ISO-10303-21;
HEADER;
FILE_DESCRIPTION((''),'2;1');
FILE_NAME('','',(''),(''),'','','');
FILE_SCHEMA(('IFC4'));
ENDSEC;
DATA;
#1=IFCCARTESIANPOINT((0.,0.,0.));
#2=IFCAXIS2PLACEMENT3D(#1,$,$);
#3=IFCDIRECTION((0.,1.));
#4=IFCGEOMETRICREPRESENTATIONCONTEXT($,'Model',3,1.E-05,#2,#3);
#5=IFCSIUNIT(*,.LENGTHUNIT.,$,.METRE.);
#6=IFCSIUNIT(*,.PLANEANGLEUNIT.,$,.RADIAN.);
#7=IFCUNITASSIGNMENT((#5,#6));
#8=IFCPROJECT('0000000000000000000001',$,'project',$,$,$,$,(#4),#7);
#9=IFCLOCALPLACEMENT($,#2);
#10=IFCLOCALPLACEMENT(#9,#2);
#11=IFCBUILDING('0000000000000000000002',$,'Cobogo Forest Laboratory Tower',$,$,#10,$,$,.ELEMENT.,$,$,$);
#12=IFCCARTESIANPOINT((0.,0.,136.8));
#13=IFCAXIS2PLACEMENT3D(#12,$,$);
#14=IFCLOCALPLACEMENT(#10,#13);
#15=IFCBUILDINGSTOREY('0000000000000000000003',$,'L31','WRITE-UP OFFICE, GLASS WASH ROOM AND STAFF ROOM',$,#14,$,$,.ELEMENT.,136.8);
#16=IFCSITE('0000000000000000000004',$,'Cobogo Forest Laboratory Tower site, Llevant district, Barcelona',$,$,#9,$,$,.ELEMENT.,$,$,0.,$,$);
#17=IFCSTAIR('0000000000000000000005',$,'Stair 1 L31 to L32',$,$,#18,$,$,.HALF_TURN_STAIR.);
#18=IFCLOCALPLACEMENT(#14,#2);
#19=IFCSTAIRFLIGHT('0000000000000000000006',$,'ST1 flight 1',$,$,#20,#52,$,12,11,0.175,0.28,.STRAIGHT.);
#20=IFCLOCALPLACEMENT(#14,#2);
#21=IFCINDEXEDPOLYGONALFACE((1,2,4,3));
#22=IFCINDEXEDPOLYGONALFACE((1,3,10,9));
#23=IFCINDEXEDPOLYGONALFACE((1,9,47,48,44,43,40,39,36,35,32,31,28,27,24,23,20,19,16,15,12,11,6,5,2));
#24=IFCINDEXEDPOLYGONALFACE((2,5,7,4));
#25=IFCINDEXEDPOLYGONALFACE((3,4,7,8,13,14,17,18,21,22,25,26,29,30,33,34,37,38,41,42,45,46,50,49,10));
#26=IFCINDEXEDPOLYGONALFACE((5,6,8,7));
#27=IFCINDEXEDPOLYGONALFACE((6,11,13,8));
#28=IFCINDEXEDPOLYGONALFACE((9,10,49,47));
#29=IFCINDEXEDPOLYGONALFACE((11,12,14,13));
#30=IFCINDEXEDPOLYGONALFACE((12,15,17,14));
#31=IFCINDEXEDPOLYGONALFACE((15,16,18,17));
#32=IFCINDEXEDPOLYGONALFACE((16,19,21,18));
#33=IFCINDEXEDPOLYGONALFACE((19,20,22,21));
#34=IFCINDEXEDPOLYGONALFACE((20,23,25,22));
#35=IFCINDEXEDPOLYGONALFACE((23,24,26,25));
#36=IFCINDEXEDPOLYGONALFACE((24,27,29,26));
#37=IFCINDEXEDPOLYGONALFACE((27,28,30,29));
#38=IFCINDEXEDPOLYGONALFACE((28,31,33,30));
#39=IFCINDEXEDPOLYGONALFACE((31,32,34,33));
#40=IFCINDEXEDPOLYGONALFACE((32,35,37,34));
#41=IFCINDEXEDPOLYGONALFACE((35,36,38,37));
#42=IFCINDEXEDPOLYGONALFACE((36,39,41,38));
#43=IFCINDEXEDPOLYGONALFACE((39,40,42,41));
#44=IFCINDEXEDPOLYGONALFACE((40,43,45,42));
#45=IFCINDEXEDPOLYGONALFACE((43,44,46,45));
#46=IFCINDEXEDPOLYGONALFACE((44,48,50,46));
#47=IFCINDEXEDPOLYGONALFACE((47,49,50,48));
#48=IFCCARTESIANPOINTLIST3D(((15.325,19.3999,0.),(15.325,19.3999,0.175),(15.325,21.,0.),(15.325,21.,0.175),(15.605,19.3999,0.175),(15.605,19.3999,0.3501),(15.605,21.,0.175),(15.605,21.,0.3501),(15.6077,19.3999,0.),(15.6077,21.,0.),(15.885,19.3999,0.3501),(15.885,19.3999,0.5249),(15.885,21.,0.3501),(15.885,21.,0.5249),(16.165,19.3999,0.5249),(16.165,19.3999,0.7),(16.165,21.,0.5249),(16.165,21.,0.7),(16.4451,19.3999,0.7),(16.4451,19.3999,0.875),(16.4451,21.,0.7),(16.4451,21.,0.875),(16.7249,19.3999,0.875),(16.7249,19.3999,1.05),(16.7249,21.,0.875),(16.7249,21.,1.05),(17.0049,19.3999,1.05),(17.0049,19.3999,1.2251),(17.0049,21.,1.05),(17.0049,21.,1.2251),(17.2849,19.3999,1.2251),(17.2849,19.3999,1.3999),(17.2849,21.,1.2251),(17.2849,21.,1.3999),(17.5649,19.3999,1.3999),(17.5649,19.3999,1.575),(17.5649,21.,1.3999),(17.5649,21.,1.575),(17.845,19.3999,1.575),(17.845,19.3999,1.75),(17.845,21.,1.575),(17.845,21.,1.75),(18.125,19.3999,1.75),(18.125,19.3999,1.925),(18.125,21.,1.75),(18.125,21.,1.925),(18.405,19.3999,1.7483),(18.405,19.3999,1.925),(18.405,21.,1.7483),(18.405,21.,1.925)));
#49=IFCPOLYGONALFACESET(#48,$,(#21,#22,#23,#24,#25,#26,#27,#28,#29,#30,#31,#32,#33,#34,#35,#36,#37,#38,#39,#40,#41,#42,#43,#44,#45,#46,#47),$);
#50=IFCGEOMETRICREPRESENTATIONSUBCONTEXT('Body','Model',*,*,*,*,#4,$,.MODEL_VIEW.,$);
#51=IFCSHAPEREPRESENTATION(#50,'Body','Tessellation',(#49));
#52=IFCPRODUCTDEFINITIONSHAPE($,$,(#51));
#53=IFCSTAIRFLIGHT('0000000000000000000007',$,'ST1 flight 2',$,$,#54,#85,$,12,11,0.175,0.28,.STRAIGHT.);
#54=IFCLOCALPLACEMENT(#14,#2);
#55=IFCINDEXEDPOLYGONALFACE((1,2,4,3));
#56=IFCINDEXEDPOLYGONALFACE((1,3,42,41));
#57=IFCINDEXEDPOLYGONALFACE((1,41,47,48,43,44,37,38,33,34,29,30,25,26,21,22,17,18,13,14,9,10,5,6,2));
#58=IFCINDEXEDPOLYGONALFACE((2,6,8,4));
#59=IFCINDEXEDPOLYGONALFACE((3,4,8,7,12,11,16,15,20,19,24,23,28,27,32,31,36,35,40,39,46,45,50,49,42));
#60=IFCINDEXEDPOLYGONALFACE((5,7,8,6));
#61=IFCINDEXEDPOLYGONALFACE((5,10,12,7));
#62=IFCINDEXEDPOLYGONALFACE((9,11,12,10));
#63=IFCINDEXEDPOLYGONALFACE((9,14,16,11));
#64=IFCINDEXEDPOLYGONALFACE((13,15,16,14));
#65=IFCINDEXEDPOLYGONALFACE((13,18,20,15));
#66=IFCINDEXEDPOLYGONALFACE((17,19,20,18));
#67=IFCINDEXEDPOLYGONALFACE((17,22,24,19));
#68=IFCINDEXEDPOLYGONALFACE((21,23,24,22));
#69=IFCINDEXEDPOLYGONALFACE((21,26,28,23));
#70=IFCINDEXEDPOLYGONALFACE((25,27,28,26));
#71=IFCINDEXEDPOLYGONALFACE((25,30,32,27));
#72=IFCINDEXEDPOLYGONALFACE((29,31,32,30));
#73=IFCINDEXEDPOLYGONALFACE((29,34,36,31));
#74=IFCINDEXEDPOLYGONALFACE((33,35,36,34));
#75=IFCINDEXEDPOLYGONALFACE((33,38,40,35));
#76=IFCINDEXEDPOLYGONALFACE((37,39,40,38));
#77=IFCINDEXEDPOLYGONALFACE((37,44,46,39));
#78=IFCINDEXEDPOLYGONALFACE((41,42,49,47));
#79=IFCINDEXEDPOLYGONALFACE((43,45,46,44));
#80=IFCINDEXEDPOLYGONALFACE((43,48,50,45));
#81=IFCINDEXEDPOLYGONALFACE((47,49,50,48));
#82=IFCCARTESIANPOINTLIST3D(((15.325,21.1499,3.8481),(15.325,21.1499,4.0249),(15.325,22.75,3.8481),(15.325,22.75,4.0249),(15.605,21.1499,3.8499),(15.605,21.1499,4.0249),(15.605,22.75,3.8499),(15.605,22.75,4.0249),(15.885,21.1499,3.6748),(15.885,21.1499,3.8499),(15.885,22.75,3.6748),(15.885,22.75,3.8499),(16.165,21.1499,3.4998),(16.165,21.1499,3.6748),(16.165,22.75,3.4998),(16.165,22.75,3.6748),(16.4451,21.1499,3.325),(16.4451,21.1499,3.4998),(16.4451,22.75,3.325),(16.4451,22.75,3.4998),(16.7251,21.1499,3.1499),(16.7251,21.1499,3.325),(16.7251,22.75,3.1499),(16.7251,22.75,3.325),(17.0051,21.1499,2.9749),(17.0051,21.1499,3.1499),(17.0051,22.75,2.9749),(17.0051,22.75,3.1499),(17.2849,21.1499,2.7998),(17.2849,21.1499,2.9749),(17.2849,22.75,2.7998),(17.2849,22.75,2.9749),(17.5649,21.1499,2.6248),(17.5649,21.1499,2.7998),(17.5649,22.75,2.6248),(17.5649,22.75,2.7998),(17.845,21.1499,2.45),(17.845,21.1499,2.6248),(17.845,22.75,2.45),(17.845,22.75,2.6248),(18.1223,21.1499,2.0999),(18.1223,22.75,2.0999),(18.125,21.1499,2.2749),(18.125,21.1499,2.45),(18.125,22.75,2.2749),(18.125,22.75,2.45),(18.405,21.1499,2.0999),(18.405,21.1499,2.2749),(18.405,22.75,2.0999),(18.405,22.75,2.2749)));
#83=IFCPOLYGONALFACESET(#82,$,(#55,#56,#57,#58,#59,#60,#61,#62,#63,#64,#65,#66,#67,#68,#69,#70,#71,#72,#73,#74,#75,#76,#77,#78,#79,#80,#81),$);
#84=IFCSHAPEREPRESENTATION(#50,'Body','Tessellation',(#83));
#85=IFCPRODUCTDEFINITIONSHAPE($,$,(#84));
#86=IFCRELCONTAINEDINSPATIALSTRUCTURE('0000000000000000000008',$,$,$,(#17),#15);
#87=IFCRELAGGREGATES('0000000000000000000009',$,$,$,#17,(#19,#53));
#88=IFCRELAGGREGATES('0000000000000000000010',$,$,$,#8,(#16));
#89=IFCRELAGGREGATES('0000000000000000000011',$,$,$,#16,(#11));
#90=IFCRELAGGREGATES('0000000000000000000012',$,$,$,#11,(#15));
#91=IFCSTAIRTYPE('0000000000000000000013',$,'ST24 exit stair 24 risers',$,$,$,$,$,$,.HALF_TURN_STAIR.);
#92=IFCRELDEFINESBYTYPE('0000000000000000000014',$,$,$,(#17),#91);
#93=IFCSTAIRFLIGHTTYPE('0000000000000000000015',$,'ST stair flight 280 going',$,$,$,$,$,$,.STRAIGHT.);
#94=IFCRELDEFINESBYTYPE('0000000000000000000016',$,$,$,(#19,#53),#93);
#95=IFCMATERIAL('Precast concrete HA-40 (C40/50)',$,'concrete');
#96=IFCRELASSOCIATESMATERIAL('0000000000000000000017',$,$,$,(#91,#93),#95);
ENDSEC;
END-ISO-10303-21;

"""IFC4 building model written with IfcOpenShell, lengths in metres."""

from ifc_helpers import new_model, si_unit, direction, frame, origin, place, context, subcontext, project, spatial, polyline, outline, extrude, material, type_object, element, aggregate, save


model = new_model("IFC4")

# Units and contexts
model_context = context("Model", 3, precision=1e-05, world=origin(), true_north=direction((0.0, 1.0)))
body_context = subcontext(model_context, "Body", "Model", "MODEL_VIEW")
ifc_project = project(units=[si_unit("LENGTHUNIT", "METRE"), si_unit("PLANEANGLEUNIT", "RADIAN")], contexts=[model_context])

# Site, building, storey
site_placement = place(None, origin())
site = spatial("IfcSite", under=ifc_project, at=site_placement, Name="Cobogo Forest Laboratory Tower site, Llevant district, Barcelona", CompositionType="ELEMENT", RefElevation=0.0)
building_placement = place(site_placement, origin())
building = spatial("IfcBuilding", under=site, at=building_placement, Name="Cobogo Forest Laboratory Tower", CompositionType="ELEMENT")
storey_placement = place(building_placement, frame((0.0, 0.0, 136.8)))
storey = spatial("IfcBuildingStorey", under=building, at=storey_placement, Name="L31", Description="WRITE-UP OFFICE, GLASS WASH ROOM AND STAFF ROOM", CompositionType="ELEMENT", Elevation=136.8)

# Stair, stair flights
ifc_material_1 = material(Name="Precast concrete HA-40 (C40/50)", Category="concrete")
stair_type = type_object("IfcStairType", Name="ST24 exit stair 24 risers", PredefinedType="HALF_TURN_STAIR", material=ifc_material_1)
stair_placement = place(storey_placement, origin())
stair = element("IfcStair", 1, at=stair_placement, inside=storey, type_object=stair_type, Name="Stair 1 L31 to L32", PredefinedType="HALF_TURN_STAIR")
stair_flight_type = type_object("IfcStairFlightType", Name="ST stair flight 280 going", PredefinedType="STRAIGHT", material=ifc_material_1)
stair_flight_1_placement = place(storey_placement, frame((15.325, 20.2, 0.0), z_axis=(0.0, 0.0, 1.0), x_axis=(1.0, 0.0, 0.0)))
stair_flight_1 = element("IfcStairFlight", 2, at=stair_flight_1_placement, type_object=stair_flight_type, Name="ST1 flight 1", NumberOfRisers=12, NumberOfTreads=11, PredefinedType="STRAIGHT", RiserHeight=0.175, TreadLength=0.28, context=body_context, shape_type="SweptSolid", body=[
    extrude(outline(polyline([(0.0, 0.0), (0.0, 0.175), (0.28, 0.175), (0.28, 0.3501), (0.5601, 0.3501), (0.5601, 0.5249), (0.8401, 0.5249), (0.8401, 0.7), (1.1201, 0.7), (1.1201, 0.875), (1.3999, 0.875), (1.3999, 1.05), (1.6799, 1.05), (1.6799, 1.2251), (1.96, 1.2251), (1.96, 1.3999), (2.24, 1.3999), (2.24, 1.575), (2.52, 1.575), (2.52, 1.75), (2.8, 1.75), (2.8, 1.925), (3.0801, 1.925), (3.0801, 2.1001), (3.0801, 1.7483), (0.2827, 0.0), (0.0, 0.0)])), frame((0.0, 0.8, 0.0), z_axis=(0.0, -1.0, 0.0), x_axis=(1.0, 0.0, 0.0)), (0.0, 0.0, 1.0), 1.6001),
])
stair_flight_2_placement = place(storey_placement, frame((18.405, 21.95, 2.0999), z_axis=(0.0, 0.0, 1.0), x_axis=(-1.0, 0.0, 0.0)))
stair_flight_2 = element("IfcStairFlight", 3, at=stair_flight_2_placement, type_object=stair_flight_type, Name="ST1 flight 2", NumberOfRisers=12, NumberOfTreads=11, PredefinedType="STRAIGHT", RiserHeight=0.175, TreadLength=0.28, context=body_context, shape_type="SweptSolid", body=[
    extrude(outline(polyline([(0.0, 0.0), (0.0, 0.175), (0.28, 0.175), (0.28, 0.3501), (0.5601, 0.3501), (0.5601, 0.5249), (0.8401, 0.5249), (0.8401, 0.7), (1.1201, 0.7), (1.1201, 0.875), (1.3999, 0.875), (1.3999, 1.05), (1.6799, 1.05), (1.6799, 1.2251), (1.96, 1.2251), (1.96, 1.3999), (2.24, 1.3999), (2.24, 1.575), (2.52, 1.575), (2.52, 1.75), (2.8, 1.75), (2.8, 1.925), (3.0801, 1.925), (3.0801, 2.1001), (3.0801, 1.7483), (0.2827, 0.0), (0.0, 0.0)])), frame((0.0, 0.8, 0.0), z_axis=(0.0, -1.0, 0.0), x_axis=(1.0, 0.0, 0.0)), (0.0, 0.0, 1.0), 1.6001),
])
aggregate(stair, [stair_flight_1, stair_flight_2])

save(model, "model.ifc")
